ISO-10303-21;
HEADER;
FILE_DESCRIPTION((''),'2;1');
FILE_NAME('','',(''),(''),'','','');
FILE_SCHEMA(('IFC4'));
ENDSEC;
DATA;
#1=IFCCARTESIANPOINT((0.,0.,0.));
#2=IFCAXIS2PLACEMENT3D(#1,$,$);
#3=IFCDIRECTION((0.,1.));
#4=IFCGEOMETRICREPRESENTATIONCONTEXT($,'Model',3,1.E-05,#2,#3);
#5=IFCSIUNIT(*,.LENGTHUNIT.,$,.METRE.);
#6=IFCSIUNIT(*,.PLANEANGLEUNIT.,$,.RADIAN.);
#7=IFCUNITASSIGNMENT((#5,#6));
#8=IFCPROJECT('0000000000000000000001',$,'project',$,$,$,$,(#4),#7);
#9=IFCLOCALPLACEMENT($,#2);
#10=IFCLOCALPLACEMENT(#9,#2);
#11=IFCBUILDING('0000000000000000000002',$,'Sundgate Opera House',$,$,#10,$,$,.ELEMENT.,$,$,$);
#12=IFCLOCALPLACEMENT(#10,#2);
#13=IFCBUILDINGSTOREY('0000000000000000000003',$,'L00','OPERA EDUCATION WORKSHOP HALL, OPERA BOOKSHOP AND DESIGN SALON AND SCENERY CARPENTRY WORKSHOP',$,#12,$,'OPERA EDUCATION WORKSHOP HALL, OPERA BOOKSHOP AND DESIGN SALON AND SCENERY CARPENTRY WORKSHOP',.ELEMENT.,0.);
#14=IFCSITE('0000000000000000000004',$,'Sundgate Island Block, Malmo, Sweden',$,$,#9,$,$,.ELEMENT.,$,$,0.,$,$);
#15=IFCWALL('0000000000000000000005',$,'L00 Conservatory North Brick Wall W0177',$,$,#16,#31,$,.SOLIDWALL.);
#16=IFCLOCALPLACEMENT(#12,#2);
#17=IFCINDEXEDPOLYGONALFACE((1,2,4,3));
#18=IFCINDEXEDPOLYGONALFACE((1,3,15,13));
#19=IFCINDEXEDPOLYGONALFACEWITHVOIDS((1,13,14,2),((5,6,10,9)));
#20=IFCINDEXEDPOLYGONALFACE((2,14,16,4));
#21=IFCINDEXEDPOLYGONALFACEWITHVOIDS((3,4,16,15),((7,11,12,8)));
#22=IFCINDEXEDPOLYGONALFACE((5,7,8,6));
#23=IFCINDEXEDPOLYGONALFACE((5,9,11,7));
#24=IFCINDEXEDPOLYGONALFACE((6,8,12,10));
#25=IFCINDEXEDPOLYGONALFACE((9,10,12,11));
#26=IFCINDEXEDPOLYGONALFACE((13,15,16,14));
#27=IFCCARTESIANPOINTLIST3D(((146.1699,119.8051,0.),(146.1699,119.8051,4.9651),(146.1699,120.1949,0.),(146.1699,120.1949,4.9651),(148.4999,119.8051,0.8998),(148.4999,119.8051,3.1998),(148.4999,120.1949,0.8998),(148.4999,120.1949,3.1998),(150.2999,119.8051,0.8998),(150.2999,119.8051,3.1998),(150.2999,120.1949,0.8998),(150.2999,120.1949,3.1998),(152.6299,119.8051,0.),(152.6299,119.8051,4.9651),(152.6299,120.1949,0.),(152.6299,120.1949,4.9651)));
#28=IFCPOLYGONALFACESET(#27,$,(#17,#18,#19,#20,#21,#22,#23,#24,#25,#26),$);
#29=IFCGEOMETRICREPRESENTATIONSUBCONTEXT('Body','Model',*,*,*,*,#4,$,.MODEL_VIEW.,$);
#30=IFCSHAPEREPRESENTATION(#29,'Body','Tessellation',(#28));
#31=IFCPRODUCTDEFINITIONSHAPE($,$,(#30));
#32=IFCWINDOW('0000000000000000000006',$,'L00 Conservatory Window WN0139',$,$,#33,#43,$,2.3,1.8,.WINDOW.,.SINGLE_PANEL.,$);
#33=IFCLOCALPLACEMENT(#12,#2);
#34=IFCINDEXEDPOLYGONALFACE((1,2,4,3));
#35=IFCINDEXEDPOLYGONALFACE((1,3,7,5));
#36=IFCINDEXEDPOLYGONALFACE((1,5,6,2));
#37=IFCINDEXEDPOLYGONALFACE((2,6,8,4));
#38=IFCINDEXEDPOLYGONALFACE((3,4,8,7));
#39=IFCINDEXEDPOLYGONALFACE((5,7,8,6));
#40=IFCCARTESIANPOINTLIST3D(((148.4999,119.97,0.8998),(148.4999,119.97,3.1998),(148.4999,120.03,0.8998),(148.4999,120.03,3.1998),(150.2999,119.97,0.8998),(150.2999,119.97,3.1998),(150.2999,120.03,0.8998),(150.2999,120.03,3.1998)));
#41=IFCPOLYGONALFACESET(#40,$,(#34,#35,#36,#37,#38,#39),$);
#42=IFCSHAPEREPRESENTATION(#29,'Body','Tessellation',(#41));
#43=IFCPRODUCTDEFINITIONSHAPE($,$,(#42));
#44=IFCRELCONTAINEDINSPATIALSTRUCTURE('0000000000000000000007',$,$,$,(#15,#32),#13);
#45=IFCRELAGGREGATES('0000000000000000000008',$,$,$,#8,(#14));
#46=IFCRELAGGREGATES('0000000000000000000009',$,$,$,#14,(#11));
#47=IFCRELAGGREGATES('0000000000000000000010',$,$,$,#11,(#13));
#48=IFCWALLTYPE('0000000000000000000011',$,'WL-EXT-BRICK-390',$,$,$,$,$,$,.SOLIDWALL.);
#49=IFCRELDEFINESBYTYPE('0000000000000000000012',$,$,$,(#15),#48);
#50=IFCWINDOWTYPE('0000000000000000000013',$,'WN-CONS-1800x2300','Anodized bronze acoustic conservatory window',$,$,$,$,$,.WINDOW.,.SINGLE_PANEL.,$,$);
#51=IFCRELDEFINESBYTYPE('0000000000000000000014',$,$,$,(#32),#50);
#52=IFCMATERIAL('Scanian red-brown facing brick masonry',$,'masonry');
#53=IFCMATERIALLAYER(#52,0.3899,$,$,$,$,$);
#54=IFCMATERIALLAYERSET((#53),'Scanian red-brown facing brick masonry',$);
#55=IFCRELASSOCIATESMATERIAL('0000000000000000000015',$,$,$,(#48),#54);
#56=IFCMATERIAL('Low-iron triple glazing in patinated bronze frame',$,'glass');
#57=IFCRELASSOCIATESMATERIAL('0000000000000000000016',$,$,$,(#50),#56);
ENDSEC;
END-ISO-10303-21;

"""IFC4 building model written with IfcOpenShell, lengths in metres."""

from ifc_helpers import new_model, si_unit, direction, frame, frame_2d, origin, place, context, subcontext, project, spatial, rectangle, extrude, material, layer, layer_set, type_object, element, fill, save


model = new_model("IFC4")

# Units and contexts
model_context = context("Model", 3, precision=1e-05, world=origin(), true_north=direction((0.0, 1.0)))
body_context = subcontext(model_context, "Body", "Model", "MODEL_VIEW")
ifc_project = project(units=[si_unit("LENGTHUNIT", "METRE"), si_unit("PLANEANGLEUNIT", "RADIAN")], contexts=[model_context])

# Site, building, storey
site_placement = place(None, origin())
site = spatial("IfcSite", under=ifc_project, at=site_placement, Name="Sundgate Island Block, Malmo, Sweden", CompositionType="ELEMENT", RefElevation=0.0)
building_placement = place(site_placement, origin())
building = spatial("IfcBuilding", under=site, at=building_placement, Name="Sundgate Opera House", CompositionType="ELEMENT")
storey_placement = place(building_placement, origin())
storey = spatial("IfcBuildingStorey", under=building, at=storey_placement, Name="L00", Description="OPERA EDUCATION WORKSHOP HALL, OPERA BOOKSHOP AND DESIGN SALON AND SCENERY CARPENTRY WORKSHOP", LongName="OPERA EDUCATION WORKSHOP HALL, OPERA BOOKSHOP AND DESIGN SALON AND SCENERY CARPENTRY WORKSHOP", CompositionType="ELEMENT", Elevation=0.0)

# Wall, opening, window
ifc_material_1 = material(Name="Scanian red-brown facing brick masonry", Category="masonry")
ifc_layer_1 = layer(ifc_material_1, 0.3899)
ifc_layer_set_1 = layer_set([ifc_layer_1], Name="Scanian red-brown facing brick masonry")
wall_type = type_object("IfcWallType", Name="WL-EXT-BRICK-390", PredefinedType="SOLIDWALL", material=ifc_layer_set_1)
wall_placement = place(storey_placement, frame((146.1699, 120.0, 0.0), z_axis=(0.0, 0.0, 1.0), x_axis=(1.0, 0.0, 0.0)))
wall = element("IfcWall", 1, at=wall_placement, inside=storey, type_object=wall_type, Name="L00 Conservatory North Brick Wall W0177", PredefinedType="SOLIDWALL", context=body_context, shape_type="SweptSolid", body=[
    extrude(rectangle(XDim=6.46, YDim=0.3899, at=frame_2d((3.23, 0.0))), origin(), (0.0, 0.0, 1.0), 4.9651),
])
opening_placement = place(wall_placement, frame((2.3301, 0.0, 0.8999)))
opening = element("IfcOpeningElement", 2, at=opening_placement, cuts=wall, PredefinedType="OPENING", context=body_context, shape_type="SweptSolid", body=[
    extrude(rectangle(XDim=1.8, YDim=2.3, at=frame_2d((0.8999, 1.1499))), frame((0.0, 0.2048, 0.0), z_axis=(0.0, -1.0, 0.0), x_axis=(1.0, 0.0, 0.0)), (0.0, 0.0, 1.0), 0.4099),
])
ifc_material_2 = material(Name="Low-iron triple glazing in patinated bronze frame", Category="glass")
window_type = type_object("IfcWindowType", Name="WN-CONS-1800x2300", Description="Anodized bronze acoustic conservatory window", PartitioningType="SINGLE_PANEL", PredefinedType="WINDOW", material=ifc_material_2)
window_placement = place(opening_placement, origin())
window = element("IfcWindow", 3, at=window_placement, inside=storey, type_object=window_type, Name="L00 Conservatory Window WN0139", OverallHeight=2.3, OverallWidth=1.8, PartitioningType="SINGLE_PANEL", PredefinedType="WINDOW", context=body_context, shape_type="SweptSolid", body=[
    extrude(rectangle(XDim=1.8, YDim=2.3, at=frame_2d((0.8999, 1.1499))), frame((0.0, 0.03, 0.0), z_axis=(0.0, -1.0, 0.0), x_axis=(1.0, 0.0, 0.0)), (0.0, 0.0, 1.0), 0.0601),
])
fill(opening, window)

save(model, "model.ifc")
